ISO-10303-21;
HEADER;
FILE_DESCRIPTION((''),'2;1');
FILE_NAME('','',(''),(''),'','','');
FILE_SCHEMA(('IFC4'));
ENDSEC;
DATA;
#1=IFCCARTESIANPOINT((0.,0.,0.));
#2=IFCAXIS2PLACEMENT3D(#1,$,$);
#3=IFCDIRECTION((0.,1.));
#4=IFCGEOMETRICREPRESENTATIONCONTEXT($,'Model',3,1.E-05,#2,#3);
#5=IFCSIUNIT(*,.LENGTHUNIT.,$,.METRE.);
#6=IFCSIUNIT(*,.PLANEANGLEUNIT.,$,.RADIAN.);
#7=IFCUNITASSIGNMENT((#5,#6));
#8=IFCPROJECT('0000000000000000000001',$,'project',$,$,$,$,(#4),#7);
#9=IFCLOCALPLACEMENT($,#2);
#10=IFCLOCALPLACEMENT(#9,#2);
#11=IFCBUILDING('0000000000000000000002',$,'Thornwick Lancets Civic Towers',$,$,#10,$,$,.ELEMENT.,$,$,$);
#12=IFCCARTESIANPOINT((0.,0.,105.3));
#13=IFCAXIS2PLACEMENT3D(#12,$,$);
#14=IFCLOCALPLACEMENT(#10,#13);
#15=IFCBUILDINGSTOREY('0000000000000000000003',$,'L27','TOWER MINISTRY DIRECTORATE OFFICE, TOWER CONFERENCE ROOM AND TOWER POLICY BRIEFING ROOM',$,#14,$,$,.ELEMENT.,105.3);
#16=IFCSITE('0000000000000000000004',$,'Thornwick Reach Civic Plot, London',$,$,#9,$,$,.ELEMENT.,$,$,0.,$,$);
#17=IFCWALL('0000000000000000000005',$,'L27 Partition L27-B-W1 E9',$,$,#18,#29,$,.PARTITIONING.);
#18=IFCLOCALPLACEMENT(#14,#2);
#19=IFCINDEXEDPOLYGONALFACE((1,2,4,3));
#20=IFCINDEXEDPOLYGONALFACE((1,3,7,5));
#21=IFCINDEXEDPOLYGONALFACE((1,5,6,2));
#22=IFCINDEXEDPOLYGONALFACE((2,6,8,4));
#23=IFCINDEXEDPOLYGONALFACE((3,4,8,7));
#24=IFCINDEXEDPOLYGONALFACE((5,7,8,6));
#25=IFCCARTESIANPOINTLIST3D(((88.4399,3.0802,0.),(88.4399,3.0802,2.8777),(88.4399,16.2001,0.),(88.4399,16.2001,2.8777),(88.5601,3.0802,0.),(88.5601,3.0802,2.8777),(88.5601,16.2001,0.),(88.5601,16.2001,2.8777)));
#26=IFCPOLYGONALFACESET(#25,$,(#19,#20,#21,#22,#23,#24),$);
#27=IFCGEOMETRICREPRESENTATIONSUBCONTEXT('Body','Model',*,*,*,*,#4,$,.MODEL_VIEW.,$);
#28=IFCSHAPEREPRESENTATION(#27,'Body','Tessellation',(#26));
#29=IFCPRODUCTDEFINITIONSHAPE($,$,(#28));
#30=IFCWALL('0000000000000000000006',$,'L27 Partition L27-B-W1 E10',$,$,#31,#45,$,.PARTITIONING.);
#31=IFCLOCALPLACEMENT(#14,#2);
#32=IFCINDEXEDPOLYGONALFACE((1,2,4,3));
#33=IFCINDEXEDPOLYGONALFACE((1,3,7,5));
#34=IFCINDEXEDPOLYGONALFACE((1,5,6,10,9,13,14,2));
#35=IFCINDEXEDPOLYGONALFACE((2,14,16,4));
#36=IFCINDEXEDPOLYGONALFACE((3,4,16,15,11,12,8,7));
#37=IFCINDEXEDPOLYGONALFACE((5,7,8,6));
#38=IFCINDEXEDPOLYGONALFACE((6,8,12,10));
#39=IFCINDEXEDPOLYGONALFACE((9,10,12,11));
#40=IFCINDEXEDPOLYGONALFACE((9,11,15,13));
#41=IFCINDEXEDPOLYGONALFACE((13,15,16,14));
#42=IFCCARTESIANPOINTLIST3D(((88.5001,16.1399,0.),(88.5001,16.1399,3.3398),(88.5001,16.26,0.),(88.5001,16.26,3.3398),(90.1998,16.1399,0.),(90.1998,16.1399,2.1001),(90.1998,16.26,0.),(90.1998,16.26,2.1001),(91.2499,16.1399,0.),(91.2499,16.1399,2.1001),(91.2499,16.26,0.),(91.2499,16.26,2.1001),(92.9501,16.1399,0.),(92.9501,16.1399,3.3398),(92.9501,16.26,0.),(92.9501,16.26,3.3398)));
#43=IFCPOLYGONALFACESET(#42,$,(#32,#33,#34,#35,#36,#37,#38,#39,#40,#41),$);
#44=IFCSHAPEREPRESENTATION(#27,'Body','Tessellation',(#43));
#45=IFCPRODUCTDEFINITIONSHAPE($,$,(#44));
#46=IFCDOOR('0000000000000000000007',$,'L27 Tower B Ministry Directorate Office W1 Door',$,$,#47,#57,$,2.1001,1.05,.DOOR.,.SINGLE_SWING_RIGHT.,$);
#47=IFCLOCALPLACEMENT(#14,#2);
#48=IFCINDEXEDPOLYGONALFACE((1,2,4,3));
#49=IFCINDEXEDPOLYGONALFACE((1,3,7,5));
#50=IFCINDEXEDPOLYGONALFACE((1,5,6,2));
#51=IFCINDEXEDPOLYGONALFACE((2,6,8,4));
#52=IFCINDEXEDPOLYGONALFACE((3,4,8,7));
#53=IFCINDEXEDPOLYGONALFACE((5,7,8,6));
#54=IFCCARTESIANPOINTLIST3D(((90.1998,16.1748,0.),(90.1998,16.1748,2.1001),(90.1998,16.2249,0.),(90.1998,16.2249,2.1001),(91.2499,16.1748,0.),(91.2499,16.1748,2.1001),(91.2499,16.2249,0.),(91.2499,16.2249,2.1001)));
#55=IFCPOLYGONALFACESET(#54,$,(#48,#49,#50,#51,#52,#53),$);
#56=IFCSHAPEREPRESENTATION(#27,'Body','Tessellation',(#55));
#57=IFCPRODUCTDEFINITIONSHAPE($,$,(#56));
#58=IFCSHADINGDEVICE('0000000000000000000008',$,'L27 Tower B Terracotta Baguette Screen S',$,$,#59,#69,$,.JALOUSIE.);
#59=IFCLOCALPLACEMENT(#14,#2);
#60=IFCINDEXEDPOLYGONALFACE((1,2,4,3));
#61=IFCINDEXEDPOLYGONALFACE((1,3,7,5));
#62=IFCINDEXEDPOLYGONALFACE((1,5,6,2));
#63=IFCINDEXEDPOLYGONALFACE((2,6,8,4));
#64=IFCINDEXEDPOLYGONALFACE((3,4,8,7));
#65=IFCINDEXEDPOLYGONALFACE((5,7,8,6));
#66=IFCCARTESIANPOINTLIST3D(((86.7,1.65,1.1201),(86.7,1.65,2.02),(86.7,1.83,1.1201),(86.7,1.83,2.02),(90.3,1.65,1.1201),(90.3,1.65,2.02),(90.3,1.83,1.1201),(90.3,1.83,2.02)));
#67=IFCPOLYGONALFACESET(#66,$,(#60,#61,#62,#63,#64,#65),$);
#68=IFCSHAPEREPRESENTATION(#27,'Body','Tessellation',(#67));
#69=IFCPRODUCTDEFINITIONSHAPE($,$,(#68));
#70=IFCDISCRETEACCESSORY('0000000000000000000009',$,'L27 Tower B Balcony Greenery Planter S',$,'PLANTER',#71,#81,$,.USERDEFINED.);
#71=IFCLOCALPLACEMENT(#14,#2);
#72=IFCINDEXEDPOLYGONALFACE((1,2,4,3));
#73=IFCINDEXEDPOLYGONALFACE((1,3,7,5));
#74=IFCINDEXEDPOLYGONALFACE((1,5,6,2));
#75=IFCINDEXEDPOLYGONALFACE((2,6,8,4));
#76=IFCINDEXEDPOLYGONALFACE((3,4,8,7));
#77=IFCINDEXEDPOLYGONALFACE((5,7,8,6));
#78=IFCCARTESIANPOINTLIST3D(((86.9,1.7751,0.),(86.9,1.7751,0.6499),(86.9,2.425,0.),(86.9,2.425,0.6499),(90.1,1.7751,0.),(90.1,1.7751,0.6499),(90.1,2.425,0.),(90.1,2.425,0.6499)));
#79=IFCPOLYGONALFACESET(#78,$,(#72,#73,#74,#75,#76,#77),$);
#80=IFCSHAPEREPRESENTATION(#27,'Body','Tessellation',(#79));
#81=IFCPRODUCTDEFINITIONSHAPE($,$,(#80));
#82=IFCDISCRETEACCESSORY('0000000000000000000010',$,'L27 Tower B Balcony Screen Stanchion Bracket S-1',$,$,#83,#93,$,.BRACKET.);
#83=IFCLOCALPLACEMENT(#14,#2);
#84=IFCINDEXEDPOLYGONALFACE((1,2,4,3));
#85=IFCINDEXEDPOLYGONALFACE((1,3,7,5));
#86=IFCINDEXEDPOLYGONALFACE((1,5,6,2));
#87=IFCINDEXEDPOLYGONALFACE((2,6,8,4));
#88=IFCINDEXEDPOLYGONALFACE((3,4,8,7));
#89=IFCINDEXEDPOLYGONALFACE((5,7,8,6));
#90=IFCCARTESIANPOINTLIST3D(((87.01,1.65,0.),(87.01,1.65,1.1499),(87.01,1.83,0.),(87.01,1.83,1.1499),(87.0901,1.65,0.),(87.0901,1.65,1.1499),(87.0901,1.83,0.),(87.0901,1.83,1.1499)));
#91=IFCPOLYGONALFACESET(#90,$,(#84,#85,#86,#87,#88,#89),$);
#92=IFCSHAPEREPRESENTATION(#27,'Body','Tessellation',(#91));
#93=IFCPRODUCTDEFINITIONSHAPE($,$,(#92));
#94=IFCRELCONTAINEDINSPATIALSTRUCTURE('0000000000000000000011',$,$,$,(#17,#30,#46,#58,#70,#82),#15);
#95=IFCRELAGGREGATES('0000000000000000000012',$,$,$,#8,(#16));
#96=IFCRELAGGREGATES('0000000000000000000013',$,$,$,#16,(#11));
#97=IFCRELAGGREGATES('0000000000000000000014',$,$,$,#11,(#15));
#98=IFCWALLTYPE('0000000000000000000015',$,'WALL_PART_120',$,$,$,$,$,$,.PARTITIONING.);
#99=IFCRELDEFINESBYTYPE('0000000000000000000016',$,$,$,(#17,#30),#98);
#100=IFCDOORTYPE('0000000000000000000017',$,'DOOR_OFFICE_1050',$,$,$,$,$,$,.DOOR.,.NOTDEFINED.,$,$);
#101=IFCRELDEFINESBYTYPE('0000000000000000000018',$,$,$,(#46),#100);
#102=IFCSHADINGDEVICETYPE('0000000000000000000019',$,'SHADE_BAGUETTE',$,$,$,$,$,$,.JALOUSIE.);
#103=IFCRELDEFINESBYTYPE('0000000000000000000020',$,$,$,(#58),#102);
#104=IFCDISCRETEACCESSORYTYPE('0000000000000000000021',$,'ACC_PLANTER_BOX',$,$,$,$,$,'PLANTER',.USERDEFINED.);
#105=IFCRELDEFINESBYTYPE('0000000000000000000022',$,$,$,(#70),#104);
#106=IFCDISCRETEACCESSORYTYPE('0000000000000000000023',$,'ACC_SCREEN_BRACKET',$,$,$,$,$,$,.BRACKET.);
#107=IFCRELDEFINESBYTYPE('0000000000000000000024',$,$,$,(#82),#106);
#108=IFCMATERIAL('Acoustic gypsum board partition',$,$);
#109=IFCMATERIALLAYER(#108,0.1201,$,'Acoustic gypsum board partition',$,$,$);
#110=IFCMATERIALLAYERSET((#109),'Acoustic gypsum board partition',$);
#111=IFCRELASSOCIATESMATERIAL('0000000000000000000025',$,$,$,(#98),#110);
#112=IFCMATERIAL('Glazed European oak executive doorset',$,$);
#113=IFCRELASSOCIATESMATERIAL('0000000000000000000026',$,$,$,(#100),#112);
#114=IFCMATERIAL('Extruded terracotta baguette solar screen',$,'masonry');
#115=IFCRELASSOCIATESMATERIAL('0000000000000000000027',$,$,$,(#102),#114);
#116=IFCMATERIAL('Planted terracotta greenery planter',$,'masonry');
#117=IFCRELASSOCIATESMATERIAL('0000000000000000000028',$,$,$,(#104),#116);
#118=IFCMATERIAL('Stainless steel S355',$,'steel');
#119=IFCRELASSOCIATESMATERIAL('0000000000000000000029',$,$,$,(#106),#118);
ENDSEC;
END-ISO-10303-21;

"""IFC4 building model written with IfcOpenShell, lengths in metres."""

from ifc_helpers import new_model, si_unit, direction, frame, frame_2d, origin, origin_2d, place, context, subcontext, project, spatial, rectangle, extrude, material, layer, layer_set, type_object, element, fill, save


model = new_model("IFC4")

# Units and contexts
model_context = context("Model", 3, precision=1e-05, world=origin(), true_north=direction((0.0, 1.0)))
body_context = subcontext(model_context, "Body", "Model", "MODEL_VIEW")
ifc_project = project(units=[si_unit("LENGTHUNIT", "METRE"), si_unit("PLANEANGLEUNIT", "RADIAN")], contexts=[model_context])

# Site, building, storey
site_placement = place(None, origin())
site = spatial("IfcSite", under=ifc_project, at=site_placement, Name="Thornwick Reach Civic Plot, London", CompositionType="ELEMENT", RefElevation=0.0)
building_placement = place(site_placement, origin())
building = spatial("IfcBuilding", under=site, at=building_placement, Name="Thornwick Lancets Civic Towers", CompositionType="ELEMENT")
storey_placement = place(building_placement, frame((0.0, 0.0, 105.3)))
storey = spatial("IfcBuildingStorey", under=building, at=storey_placement, Name="L27", Description="TOWER MINISTRY DIRECTORATE OFFICE, TOWER CONFERENCE ROOM AND TOWER POLICY BRIEFING ROOM", CompositionType="ELEMENT", Elevation=105.3)

# Wall
ifc_material_1 = material(Name="Acoustic gypsum board partition")
ifc_layer_1 = layer(ifc_material_1, 0.1201, Name="Acoustic gypsum board partition")
ifc_layer_set_1 = layer_set([ifc_layer_1], Name="Acoustic gypsum board partition")
wall_type_1 = type_object("IfcWallType", Name="WALL_PART_120", PredefinedType="PARTITIONING", material=ifc_layer_set_1)
wall_1_placement = place(storey_placement, frame((88.5, 3.0801, 0.0), z_axis=(0.0, 0.0, 1.0), x_axis=(0.0, 1.0, 0.0)))
element("IfcWall", 1, at=wall_1_placement, inside=storey, type_object=wall_type_1, Name="L27 Partition L27-B-W1 E9", PredefinedType="PARTITIONING", context=body_context, shape_type="SweptSolid", body=[
    extrude(rectangle(XDim=13.1199, YDim=0.1201, at=frame_2d((6.5601, 0.0))), origin(), (0.0, 0.0, 1.0), 2.8777),
])

# Wall, opening, door
wall_2_placement = place(storey_placement, frame((88.5, 16.2, 0.0), z_axis=(0.0, 0.0, 1.0), x_axis=(1.0, 0.0, 0.0)))
wall_2 = element("IfcWall", 2, at=wall_2_placement, inside=storey, type_object=wall_type_1, Name="L27 Partition L27-B-W1 E10", PredefinedType="PARTITIONING", context=body_context, shape_type="SweptSolid", body=[
    extrude(rectangle(XDim=4.45, YDim=0.1201, at=frame_2d((2.2251, 0.0))), origin(), (0.0, 0.0, 1.0), 3.3398),
])
opening_1_placement = place(wall_2_placement, frame((1.7, 0.0, 0.0)))
opening_1 = element("IfcOpeningElement", 3, at=opening_1_placement, cuts=wall_2, PredefinedType="OPENING", context=body_context, shape_type="SweptSolid", body=[
    extrude(rectangle(XDim=1.05, YDim=2.1001, at=frame_2d((0.5249, 1.05))), frame((0.0, 0.0701, 0.0), z_axis=(0.0, -1.0, 0.0), x_axis=(1.0, 0.0, 0.0)), (0.0, 0.0, 1.0), 0.1401),
])
ifc_material_2 = material(Name="Glazed European oak executive doorset")
door_type = type_object("IfcDoorType", Name="DOOR_OFFICE_1050", OperationType="NOTDEFINED", PredefinedType="DOOR", material=ifc_material_2)
door_placement = place(opening_1_placement, origin())
door = element("IfcDoor", 4, at=door_placement, inside=storey, type_object=door_type, Name="L27 Tower B Ministry Directorate Office W1 Door", OperationType="SINGLE_SWING_RIGHT", OverallHeight=2.1001, OverallWidth=1.05, PredefinedType="DOOR", context=body_context, shape_type="SweptSolid", body=[
    extrude(rectangle(XDim=1.05, YDim=2.1001, at=frame_2d((0.5249, 1.05))), frame((0.0, 0.0249, 0.0), z_axis=(0.0, -1.0, 0.0), x_axis=(1.0, 0.0, 0.0)), (0.0, 0.0, 1.0), 0.05),
])
fill(opening_1, door)

# Shading device
ifc_material_3 = material(Name="Extruded terracotta baguette solar screen", Category="masonry")
shading_device_type = type_object("IfcShadingDeviceType", Name="SHADE_BAGUETTE", PredefinedType="JALOUSIE", material=ifc_material_3)
shading_device_placement = place(storey_placement, frame((88.5, 1.74, 1.1201), z_axis=(0.0, 0.0, 1.0), x_axis=(1.0, 0.0, 0.0)))
element("IfcShadingDevice", 5, at=shading_device_placement, inside=storey, type_object=shading_device_type, Name="L27 Tower B Terracotta Baguette Screen S", PredefinedType="JALOUSIE", context=body_context, shape_type="SweptSolid", body=[
    extrude(rectangle(XDim=3.6001, YDim=0.1799, at=origin_2d()), origin(), (0.0, 0.0, 1.0), 0.8999),
])

# Discrete accessories
ifc_material_4 = material(Name="Planted terracotta greenery planter", Category="masonry")
discrete_accessory_type_1 = type_object("IfcDiscreteAccessoryType", Name="ACC_PLANTER_BOX", ElementType="PLANTER", PredefinedType="USERDEFINED", material=ifc_material_4)
discrete_accessory_1_placement = place(storey_placement, frame((88.5, 2.1001, 0.0), z_axis=(0.0, 0.0, 1.0), x_axis=(1.0, 0.0, 0.0)))
element("IfcDiscreteAccessory", 6, at=discrete_accessory_1_placement, inside=storey, type_object=discrete_accessory_type_1, Name="L27 Tower B Balcony Greenery Planter S", ObjectType="PLANTER", PredefinedType="USERDEFINED", context=body_context, shape_type="SweptSolid", body=[
    extrude(rectangle(XDim=3.2, YDim=0.6499, at=origin_2d()), origin(), (0.0, 0.0, 1.0), 0.6499),
])
ifc_material_5 = material(Name="Stainless steel S355", Category="steel")
discrete_accessory_type_2 = type_object("IfcDiscreteAccessoryType", Name="ACC_SCREEN_BRACKET", PredefinedType="BRACKET", material=ifc_material_5)
discrete_accessory_2_placement = place(storey_placement, frame((87.05, 1.74, 0.0), z_axis=(0.0, 0.0, 1.0), x_axis=(1.0, 0.0, 0.0)))
element("IfcDiscreteAccessory", 7, at=discrete_accessory_2_placement, inside=storey, type_object=discrete_accessory_type_2, Name="L27 Tower B Balcony Screen Stanchion Bracket S-1", PredefinedType="BRACKET", context=body_context, shape_type="SweptSolid", body=[
    extrude(rectangle(XDim=0.0801, YDim=0.1799, at=origin_2d()), origin(), (0.0, 0.0, 1.0), 1.1499),
])

save(model, "model.ifc")
